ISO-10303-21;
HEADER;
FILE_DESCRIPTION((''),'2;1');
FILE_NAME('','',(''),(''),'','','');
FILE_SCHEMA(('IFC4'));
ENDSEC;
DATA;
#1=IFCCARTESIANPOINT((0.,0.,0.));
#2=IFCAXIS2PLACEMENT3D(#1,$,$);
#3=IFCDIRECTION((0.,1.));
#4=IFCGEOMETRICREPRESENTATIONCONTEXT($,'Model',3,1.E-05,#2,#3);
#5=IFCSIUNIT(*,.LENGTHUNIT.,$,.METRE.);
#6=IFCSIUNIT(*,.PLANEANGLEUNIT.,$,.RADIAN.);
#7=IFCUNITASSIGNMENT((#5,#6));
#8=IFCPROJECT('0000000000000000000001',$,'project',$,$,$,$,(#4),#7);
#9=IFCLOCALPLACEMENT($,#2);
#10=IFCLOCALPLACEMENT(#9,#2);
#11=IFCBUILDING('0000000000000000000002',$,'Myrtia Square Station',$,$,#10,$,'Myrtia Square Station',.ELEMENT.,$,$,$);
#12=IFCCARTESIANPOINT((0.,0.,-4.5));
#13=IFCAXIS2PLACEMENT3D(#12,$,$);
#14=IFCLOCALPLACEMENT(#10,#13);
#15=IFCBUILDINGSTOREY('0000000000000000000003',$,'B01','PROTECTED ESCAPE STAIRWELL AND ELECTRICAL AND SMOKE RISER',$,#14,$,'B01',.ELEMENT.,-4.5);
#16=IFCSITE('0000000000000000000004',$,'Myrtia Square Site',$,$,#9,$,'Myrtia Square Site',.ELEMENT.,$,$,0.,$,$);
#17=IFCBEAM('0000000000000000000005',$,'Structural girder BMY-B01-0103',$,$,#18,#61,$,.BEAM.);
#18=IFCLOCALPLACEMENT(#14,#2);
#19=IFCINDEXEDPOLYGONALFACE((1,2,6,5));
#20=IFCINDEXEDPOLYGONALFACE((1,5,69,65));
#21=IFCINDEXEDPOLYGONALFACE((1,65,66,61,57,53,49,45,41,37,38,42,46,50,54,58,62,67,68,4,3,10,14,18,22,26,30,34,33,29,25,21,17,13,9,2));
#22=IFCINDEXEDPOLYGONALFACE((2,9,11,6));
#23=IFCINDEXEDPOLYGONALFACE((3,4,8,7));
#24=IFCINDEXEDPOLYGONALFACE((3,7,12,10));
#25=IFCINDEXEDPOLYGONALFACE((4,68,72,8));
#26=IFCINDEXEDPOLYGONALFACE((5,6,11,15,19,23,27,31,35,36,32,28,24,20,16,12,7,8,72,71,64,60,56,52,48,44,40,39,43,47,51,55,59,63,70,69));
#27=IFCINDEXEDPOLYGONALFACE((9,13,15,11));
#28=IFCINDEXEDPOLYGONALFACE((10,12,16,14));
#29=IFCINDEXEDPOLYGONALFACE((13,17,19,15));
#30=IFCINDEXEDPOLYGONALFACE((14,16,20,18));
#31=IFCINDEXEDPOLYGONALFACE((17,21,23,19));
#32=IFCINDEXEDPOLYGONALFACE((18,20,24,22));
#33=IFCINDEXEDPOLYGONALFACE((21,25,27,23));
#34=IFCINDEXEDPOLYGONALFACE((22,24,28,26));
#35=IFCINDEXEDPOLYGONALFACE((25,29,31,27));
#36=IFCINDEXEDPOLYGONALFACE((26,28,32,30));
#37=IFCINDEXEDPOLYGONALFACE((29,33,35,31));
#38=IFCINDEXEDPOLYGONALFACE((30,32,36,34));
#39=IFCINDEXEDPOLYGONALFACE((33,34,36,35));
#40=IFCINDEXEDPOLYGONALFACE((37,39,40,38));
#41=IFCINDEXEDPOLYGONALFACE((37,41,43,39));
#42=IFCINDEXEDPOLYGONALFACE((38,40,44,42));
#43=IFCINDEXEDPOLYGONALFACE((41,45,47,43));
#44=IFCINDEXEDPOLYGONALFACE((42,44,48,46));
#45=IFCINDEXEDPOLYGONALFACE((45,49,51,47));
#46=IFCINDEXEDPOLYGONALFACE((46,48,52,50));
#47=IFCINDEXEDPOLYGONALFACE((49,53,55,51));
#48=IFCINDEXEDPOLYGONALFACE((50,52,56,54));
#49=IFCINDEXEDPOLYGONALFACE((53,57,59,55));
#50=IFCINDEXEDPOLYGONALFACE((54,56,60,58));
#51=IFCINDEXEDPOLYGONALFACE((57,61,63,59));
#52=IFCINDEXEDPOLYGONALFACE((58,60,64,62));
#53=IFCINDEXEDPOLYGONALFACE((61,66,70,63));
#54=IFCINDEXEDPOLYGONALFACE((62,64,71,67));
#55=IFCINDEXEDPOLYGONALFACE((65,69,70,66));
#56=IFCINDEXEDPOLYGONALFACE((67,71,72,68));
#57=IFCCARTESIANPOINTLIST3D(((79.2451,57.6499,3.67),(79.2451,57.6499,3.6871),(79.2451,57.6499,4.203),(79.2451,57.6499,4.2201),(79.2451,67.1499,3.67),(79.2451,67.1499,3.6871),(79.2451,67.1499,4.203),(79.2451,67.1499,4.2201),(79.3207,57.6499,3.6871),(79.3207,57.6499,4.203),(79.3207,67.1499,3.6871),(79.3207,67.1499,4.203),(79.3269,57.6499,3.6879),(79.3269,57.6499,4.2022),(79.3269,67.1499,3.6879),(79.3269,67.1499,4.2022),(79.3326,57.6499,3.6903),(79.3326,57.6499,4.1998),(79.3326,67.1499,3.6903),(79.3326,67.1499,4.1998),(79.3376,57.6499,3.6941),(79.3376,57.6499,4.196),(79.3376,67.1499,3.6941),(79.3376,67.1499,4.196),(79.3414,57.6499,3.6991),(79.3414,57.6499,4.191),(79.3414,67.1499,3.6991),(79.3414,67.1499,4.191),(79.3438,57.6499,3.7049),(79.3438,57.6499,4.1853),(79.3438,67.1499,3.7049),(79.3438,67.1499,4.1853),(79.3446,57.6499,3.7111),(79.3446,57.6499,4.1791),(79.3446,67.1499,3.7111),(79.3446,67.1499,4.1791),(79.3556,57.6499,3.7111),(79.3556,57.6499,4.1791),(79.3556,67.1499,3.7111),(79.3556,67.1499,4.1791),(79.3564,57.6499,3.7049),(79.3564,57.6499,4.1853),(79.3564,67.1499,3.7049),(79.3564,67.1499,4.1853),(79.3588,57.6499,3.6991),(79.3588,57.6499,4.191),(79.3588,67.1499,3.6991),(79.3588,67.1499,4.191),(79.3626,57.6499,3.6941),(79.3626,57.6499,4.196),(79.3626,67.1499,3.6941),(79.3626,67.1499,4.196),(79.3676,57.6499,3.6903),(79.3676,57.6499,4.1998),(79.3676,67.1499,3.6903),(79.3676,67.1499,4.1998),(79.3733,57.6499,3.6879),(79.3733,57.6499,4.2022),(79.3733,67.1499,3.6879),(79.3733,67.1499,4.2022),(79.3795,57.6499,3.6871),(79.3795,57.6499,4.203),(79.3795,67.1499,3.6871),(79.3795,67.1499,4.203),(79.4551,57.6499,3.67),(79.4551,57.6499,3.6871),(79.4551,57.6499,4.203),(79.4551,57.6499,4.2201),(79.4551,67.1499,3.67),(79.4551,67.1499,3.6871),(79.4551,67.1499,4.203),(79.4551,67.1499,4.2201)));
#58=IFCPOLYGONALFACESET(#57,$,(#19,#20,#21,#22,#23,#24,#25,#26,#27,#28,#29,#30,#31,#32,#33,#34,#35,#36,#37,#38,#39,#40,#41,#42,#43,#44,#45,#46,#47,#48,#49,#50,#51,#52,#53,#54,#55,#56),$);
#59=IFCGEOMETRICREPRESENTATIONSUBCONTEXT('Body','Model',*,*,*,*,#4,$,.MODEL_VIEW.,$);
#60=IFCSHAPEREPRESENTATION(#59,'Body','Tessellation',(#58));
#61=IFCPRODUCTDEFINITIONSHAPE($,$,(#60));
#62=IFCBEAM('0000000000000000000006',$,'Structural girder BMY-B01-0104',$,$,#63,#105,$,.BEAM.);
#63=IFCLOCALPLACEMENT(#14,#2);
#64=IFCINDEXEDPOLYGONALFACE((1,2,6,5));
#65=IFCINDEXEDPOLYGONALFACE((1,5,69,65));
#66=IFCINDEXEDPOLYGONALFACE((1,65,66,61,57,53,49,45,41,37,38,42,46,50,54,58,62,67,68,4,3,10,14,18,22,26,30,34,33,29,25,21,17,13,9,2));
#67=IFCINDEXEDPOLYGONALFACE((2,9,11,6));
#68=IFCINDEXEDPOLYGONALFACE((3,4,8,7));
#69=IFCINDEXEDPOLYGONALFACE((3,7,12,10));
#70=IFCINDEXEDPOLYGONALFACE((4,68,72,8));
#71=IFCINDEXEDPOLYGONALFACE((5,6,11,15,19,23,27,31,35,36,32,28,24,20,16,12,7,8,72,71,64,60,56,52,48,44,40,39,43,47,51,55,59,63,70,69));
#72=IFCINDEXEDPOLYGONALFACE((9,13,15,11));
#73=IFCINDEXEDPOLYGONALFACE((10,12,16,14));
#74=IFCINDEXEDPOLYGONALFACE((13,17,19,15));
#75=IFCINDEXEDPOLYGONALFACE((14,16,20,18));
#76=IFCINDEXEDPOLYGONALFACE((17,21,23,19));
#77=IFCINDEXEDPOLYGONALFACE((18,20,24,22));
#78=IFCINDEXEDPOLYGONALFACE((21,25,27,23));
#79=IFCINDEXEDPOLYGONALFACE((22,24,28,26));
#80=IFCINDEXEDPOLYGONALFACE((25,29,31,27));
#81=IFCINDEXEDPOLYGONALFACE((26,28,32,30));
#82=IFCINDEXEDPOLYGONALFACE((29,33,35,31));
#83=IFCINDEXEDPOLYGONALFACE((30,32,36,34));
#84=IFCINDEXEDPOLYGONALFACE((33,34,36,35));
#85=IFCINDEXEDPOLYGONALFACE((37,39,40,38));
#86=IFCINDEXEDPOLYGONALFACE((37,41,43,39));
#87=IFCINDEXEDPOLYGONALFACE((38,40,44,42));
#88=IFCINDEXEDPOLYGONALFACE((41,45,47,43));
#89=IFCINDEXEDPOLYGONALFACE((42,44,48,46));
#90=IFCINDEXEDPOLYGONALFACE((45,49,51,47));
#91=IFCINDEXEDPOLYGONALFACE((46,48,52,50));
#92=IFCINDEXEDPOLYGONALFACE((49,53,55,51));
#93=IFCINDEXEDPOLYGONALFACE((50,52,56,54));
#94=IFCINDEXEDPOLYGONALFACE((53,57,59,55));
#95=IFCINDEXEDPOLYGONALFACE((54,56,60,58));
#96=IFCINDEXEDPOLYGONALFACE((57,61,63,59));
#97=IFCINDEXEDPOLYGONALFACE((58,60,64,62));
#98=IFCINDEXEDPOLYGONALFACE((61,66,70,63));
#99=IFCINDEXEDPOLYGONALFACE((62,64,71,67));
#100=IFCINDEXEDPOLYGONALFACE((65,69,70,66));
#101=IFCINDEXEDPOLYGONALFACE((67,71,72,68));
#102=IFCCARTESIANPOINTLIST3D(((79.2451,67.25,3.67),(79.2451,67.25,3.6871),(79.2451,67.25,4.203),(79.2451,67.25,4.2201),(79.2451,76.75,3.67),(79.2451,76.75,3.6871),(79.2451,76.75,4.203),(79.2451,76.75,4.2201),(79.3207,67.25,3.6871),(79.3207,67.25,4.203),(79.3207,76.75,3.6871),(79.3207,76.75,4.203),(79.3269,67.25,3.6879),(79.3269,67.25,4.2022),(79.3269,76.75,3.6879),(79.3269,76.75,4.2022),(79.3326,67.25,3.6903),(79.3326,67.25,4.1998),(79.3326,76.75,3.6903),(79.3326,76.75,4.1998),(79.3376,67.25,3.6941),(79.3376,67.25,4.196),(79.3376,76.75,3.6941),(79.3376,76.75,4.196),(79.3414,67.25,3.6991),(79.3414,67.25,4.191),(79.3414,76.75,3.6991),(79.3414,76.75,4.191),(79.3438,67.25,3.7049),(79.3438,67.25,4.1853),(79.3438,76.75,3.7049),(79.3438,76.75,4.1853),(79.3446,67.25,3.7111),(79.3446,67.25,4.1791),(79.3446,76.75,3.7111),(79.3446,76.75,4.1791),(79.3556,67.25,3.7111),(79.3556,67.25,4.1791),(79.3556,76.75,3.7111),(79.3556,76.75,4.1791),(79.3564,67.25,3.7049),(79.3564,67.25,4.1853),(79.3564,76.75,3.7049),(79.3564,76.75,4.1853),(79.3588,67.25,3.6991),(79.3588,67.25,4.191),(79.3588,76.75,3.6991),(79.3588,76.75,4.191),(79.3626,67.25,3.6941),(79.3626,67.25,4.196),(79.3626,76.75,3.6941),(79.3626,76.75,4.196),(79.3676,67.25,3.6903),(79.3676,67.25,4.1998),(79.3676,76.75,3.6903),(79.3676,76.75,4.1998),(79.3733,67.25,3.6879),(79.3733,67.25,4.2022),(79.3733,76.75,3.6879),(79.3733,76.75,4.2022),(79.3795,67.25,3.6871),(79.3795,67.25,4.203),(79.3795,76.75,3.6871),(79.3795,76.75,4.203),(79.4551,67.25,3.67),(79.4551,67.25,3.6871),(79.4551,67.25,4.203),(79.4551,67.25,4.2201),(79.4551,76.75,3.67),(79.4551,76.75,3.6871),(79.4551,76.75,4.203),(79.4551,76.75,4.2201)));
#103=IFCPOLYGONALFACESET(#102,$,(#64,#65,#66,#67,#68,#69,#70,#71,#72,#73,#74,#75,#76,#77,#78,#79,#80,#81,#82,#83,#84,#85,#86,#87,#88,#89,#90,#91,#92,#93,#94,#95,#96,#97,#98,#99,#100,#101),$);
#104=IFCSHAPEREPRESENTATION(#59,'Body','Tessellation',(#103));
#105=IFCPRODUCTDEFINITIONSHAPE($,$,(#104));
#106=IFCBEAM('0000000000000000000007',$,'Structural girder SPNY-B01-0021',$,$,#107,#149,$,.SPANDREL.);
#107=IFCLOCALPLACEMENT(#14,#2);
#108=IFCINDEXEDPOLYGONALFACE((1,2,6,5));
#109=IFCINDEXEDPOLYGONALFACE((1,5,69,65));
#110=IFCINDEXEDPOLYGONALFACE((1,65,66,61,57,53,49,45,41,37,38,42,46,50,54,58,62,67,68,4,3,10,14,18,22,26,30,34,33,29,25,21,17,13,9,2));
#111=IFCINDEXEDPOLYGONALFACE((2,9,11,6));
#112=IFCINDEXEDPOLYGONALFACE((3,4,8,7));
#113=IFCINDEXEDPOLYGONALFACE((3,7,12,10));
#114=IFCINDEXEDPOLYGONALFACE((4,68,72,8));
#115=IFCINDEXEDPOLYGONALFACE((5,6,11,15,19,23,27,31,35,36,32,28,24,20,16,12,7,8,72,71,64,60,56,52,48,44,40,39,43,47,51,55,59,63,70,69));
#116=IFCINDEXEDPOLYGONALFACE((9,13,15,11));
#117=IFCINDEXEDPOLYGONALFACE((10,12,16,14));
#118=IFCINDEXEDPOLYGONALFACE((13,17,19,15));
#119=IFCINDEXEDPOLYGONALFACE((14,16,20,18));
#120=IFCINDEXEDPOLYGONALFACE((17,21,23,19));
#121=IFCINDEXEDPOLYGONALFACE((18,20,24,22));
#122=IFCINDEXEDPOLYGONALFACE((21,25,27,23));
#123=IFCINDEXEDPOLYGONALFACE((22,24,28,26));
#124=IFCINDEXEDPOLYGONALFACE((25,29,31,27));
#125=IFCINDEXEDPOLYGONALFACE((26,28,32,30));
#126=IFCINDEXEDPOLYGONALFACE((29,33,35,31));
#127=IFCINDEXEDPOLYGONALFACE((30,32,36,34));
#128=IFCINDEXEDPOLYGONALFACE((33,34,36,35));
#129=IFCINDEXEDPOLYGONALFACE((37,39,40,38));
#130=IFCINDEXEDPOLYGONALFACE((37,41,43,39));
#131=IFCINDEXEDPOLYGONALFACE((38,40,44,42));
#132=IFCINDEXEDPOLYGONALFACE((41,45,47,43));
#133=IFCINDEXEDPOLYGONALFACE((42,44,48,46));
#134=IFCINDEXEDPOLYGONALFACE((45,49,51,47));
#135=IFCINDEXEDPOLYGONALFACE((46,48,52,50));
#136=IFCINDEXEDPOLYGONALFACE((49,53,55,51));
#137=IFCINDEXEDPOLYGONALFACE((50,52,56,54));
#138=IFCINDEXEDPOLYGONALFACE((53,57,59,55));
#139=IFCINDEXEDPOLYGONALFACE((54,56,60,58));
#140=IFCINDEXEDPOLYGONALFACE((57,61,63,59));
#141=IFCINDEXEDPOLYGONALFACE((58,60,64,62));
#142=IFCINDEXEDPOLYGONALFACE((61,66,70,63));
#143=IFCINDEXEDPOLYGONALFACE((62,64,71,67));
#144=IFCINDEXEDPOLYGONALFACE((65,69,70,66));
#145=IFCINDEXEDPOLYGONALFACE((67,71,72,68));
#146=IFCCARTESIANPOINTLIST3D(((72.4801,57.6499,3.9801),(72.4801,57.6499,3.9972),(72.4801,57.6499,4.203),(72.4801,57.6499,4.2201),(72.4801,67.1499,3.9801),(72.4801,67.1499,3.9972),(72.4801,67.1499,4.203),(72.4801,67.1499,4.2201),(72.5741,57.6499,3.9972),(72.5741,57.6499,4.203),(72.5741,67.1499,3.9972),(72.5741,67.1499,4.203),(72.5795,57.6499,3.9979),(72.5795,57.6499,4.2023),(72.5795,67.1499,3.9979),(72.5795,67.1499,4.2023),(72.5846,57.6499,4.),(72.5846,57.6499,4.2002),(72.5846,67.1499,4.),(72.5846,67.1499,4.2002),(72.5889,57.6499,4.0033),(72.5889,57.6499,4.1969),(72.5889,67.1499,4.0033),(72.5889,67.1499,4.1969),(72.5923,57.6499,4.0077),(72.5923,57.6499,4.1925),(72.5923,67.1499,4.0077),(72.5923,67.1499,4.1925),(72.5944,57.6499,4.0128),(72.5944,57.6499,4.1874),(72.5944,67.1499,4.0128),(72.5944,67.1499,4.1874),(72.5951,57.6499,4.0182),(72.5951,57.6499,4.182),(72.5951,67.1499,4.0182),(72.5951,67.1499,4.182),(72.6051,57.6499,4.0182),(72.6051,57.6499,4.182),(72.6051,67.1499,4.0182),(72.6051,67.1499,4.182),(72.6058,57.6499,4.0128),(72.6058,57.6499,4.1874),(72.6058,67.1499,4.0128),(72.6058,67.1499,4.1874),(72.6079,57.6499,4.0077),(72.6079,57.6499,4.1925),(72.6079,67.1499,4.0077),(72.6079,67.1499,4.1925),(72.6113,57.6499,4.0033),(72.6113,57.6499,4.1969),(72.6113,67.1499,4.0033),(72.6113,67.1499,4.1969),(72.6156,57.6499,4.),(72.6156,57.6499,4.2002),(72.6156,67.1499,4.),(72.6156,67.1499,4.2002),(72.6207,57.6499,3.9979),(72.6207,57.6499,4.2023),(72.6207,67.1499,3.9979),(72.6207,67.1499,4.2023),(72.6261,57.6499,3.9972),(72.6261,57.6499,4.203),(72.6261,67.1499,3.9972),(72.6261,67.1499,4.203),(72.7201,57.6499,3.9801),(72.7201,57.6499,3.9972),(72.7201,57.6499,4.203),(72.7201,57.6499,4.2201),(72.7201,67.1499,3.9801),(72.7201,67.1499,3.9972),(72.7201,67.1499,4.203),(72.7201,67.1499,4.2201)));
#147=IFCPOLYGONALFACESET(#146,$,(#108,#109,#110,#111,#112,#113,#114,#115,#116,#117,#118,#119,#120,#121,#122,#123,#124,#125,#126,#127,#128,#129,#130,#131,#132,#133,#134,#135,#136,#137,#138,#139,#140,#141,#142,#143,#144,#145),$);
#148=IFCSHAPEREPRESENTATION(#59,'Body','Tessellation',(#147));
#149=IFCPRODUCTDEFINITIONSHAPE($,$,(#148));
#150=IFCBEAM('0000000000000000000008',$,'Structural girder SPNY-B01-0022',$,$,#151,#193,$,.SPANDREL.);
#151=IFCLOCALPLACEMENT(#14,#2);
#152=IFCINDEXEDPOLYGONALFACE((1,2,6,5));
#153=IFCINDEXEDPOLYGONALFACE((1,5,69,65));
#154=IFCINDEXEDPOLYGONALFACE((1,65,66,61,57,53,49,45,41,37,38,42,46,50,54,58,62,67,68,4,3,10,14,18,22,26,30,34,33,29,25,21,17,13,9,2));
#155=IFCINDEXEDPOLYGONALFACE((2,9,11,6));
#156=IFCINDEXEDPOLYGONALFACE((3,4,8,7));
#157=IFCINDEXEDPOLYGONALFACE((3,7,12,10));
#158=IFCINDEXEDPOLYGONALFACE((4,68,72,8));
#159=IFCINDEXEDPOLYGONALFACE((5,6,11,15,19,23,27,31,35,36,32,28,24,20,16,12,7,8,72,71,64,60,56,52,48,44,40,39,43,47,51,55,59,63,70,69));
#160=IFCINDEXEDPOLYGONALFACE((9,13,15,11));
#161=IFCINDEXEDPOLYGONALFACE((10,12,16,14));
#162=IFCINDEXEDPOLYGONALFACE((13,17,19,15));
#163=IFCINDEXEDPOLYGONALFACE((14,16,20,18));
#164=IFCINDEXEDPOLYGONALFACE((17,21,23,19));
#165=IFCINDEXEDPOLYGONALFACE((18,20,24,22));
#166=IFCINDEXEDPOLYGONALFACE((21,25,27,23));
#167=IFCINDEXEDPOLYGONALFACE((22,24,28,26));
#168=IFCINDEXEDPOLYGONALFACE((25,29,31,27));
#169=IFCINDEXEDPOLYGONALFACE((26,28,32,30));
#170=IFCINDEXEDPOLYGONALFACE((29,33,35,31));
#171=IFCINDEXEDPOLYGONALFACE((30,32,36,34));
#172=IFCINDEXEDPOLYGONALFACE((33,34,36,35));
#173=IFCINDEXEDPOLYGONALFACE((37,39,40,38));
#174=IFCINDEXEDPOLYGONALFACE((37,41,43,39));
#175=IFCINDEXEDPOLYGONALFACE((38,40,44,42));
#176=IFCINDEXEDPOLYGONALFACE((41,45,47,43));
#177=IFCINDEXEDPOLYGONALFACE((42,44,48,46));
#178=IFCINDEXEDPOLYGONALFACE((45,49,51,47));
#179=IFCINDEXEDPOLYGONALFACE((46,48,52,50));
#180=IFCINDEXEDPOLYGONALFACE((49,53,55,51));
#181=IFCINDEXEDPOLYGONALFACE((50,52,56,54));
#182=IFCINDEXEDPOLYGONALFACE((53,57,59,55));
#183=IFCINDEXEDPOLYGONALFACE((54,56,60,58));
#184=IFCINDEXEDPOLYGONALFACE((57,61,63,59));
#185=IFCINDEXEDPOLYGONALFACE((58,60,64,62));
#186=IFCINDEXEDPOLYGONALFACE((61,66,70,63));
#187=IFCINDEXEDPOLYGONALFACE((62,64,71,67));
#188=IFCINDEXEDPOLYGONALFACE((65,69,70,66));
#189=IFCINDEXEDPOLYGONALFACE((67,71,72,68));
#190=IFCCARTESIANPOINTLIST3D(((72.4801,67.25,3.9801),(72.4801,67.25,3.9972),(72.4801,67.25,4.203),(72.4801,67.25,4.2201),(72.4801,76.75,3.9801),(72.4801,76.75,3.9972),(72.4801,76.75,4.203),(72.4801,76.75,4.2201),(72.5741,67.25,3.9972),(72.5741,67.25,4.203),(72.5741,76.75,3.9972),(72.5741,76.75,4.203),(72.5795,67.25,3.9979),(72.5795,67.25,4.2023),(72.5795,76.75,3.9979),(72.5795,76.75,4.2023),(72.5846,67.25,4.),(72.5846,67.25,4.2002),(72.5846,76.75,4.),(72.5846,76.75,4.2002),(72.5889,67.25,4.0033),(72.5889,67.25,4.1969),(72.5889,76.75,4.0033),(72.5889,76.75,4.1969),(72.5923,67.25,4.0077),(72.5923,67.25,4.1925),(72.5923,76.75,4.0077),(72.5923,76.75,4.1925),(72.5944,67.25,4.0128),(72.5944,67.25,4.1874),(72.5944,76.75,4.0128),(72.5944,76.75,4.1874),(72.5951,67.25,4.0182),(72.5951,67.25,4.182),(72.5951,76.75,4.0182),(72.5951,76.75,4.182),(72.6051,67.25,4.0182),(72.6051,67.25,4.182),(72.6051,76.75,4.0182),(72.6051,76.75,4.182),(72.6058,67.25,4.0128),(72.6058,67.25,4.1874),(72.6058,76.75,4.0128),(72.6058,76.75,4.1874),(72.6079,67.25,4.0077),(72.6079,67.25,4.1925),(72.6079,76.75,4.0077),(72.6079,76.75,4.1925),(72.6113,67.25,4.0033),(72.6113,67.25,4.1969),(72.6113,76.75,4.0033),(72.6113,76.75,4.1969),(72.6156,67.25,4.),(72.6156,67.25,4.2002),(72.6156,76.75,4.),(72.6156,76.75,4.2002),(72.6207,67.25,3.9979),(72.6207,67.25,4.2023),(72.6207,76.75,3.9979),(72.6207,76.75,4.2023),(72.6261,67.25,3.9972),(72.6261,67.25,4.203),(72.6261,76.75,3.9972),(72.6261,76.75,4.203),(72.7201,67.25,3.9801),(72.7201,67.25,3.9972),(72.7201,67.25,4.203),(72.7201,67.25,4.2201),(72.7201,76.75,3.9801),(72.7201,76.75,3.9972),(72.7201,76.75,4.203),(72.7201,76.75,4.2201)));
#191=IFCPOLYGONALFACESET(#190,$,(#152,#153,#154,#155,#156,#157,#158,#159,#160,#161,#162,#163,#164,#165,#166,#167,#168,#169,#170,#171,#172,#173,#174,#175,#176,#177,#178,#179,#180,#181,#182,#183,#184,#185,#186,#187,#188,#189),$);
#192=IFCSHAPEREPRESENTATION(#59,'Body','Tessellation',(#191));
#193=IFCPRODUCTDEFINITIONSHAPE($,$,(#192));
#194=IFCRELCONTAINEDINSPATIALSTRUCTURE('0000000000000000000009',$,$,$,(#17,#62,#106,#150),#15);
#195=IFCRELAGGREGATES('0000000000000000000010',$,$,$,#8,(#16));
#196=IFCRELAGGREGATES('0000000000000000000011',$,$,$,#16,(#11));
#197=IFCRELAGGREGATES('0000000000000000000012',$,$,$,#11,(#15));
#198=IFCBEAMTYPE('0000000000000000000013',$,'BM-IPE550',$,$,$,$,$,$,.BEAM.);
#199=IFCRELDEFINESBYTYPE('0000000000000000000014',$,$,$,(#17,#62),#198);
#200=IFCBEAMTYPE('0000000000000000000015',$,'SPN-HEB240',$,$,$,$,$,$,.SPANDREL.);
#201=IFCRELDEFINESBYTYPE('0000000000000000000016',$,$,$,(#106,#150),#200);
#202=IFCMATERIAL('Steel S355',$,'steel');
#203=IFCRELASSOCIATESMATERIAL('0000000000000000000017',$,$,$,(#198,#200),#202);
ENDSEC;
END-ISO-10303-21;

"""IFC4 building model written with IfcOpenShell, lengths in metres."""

from ifc_helpers import new_model, si_unit, direction, frame, origin, origin_2d, place, context, subcontext, project, spatial, i_section, extrude, material, material_profile, profile_set, type_object, element, save


model = new_model("IFC4")

# Units and contexts
model_context = context("Model", 3, precision=1e-05, world=origin(), true_north=direction((0.0, 1.0)))
body_context = subcontext(model_context, "Body", "Model", "MODEL_VIEW")
ifc_project = project(units=[si_unit("LENGTHUNIT", "METRE"), si_unit("PLANEANGLEUNIT", "RADIAN")], contexts=[model_context])

# Site, building, storey
site_placement = place(None, origin())
site = spatial("IfcSite", under=ifc_project, at=site_placement, Name="Myrtia Square Site", LongName="Myrtia Square Site", CompositionType="ELEMENT", RefElevation=0.0)
building_placement = place(site_placement, origin())
building = spatial("IfcBuilding", under=site, at=building_placement, Name="Myrtia Square Station", LongName="Myrtia Square Station", CompositionType="ELEMENT")
storey_placement = place(building_placement, frame((0.0, 0.0, -4.5)))
storey = spatial("IfcBuildingStorey", under=building, at=storey_placement, Name="B01", Description="PROTECTED ESCAPE STAIRWELL AND ELECTRICAL AND SMOKE RISER", LongName="B01", CompositionType="ELEMENT", Elevation=-4.5)

# Shared definitions
ifc_material_1 = material(Name="Steel S355", Category="steel")

# Beams
ifc_material_profile_1 = material_profile(ifc_material_1, i_section(OverallWidth=0.21, OverallDepth=0.55, WebThickness=0.011, FlangeThickness=0.0171, FilletRadius=0.0239, at=origin_2d()), Name="IPE 550")
ifc_profile_set_1 = profile_set([ifc_material_profile_1], Name="Steel S355")
beam_type_1 = type_object("IfcBeamType", Name="BM-IPE550", PredefinedType="BEAM", material=ifc_profile_set_1)
for number, where, z_axis, x_axis, name in (
    (1, (79.3501, 57.6499, 3.9451), (0.0, 1.0, 0.0), (-1.0, 0.0, 0.0), "Structural girder BMY-B01-0103"),
    (2, (79.3501, 67.25, 3.9451), (0.0, 1.0, 0.0), (-1.0, 0.0, 0.0), "Structural girder BMY-B01-0104"),
):
    element("IfcBeam", number, at=place(storey_placement, frame(where, z_axis=z_axis, x_axis=x_axis)), inside=storey, type_object=beam_type_1, Name=name, PredefinedType="BEAM", context=body_context, shape_type="SweptSolid", body=[
        extrude(i_section(OverallWidth=0.21, OverallDepth=0.55, WebThickness=0.011, FlangeThickness=0.0171, FilletRadius=0.0239, at=origin_2d()), origin(), (0.0, 0.0, 1.0), 9.5),
    ])
ifc_material_profile_2 = material_profile(ifc_material_1, i_section(OverallWidth=0.24, OverallDepth=0.24, WebThickness=0.01, FlangeThickness=0.0171, FilletRadius=0.021, at=origin_2d()), Name="HEB 240")
ifc_profile_set_2 = profile_set([ifc_material_profile_2], Name="Steel S355")
beam_type_2 = type_object("IfcBeamType", Name="SPN-HEB240", PredefinedType="SPANDREL", material=ifc_profile_set_2)
for number, where, z_axis, x_axis, name in (
    (3, (72.6001, 57.6499, 4.1001), (0.0, 1.0, 0.0), (-1.0, 0.0, 0.0), "Structural girder SPNY-B01-0021"),
    (4, (72.6001, 67.25, 4.1001), (0.0, 1.0, 0.0), (-1.0, 0.0, 0.0), "Structural girder SPNY-B01-0022"),
):
    element("IfcBeam", number, at=place(storey_placement, frame(where, z_axis=z_axis, x_axis=x_axis)), inside=storey, type_object=beam_type_2, Name=name, PredefinedType="SPANDREL", context=body_context, shape_type="SweptSolid", body=[
        extrude(i_section(OverallWidth=0.24, OverallDepth=0.24, WebThickness=0.01, FlangeThickness=0.0171, FilletRadius=0.021, at=origin_2d()), origin(), (0.0, 0.0, 1.0), 9.5),
    ])

save(model, "model.ifc")
